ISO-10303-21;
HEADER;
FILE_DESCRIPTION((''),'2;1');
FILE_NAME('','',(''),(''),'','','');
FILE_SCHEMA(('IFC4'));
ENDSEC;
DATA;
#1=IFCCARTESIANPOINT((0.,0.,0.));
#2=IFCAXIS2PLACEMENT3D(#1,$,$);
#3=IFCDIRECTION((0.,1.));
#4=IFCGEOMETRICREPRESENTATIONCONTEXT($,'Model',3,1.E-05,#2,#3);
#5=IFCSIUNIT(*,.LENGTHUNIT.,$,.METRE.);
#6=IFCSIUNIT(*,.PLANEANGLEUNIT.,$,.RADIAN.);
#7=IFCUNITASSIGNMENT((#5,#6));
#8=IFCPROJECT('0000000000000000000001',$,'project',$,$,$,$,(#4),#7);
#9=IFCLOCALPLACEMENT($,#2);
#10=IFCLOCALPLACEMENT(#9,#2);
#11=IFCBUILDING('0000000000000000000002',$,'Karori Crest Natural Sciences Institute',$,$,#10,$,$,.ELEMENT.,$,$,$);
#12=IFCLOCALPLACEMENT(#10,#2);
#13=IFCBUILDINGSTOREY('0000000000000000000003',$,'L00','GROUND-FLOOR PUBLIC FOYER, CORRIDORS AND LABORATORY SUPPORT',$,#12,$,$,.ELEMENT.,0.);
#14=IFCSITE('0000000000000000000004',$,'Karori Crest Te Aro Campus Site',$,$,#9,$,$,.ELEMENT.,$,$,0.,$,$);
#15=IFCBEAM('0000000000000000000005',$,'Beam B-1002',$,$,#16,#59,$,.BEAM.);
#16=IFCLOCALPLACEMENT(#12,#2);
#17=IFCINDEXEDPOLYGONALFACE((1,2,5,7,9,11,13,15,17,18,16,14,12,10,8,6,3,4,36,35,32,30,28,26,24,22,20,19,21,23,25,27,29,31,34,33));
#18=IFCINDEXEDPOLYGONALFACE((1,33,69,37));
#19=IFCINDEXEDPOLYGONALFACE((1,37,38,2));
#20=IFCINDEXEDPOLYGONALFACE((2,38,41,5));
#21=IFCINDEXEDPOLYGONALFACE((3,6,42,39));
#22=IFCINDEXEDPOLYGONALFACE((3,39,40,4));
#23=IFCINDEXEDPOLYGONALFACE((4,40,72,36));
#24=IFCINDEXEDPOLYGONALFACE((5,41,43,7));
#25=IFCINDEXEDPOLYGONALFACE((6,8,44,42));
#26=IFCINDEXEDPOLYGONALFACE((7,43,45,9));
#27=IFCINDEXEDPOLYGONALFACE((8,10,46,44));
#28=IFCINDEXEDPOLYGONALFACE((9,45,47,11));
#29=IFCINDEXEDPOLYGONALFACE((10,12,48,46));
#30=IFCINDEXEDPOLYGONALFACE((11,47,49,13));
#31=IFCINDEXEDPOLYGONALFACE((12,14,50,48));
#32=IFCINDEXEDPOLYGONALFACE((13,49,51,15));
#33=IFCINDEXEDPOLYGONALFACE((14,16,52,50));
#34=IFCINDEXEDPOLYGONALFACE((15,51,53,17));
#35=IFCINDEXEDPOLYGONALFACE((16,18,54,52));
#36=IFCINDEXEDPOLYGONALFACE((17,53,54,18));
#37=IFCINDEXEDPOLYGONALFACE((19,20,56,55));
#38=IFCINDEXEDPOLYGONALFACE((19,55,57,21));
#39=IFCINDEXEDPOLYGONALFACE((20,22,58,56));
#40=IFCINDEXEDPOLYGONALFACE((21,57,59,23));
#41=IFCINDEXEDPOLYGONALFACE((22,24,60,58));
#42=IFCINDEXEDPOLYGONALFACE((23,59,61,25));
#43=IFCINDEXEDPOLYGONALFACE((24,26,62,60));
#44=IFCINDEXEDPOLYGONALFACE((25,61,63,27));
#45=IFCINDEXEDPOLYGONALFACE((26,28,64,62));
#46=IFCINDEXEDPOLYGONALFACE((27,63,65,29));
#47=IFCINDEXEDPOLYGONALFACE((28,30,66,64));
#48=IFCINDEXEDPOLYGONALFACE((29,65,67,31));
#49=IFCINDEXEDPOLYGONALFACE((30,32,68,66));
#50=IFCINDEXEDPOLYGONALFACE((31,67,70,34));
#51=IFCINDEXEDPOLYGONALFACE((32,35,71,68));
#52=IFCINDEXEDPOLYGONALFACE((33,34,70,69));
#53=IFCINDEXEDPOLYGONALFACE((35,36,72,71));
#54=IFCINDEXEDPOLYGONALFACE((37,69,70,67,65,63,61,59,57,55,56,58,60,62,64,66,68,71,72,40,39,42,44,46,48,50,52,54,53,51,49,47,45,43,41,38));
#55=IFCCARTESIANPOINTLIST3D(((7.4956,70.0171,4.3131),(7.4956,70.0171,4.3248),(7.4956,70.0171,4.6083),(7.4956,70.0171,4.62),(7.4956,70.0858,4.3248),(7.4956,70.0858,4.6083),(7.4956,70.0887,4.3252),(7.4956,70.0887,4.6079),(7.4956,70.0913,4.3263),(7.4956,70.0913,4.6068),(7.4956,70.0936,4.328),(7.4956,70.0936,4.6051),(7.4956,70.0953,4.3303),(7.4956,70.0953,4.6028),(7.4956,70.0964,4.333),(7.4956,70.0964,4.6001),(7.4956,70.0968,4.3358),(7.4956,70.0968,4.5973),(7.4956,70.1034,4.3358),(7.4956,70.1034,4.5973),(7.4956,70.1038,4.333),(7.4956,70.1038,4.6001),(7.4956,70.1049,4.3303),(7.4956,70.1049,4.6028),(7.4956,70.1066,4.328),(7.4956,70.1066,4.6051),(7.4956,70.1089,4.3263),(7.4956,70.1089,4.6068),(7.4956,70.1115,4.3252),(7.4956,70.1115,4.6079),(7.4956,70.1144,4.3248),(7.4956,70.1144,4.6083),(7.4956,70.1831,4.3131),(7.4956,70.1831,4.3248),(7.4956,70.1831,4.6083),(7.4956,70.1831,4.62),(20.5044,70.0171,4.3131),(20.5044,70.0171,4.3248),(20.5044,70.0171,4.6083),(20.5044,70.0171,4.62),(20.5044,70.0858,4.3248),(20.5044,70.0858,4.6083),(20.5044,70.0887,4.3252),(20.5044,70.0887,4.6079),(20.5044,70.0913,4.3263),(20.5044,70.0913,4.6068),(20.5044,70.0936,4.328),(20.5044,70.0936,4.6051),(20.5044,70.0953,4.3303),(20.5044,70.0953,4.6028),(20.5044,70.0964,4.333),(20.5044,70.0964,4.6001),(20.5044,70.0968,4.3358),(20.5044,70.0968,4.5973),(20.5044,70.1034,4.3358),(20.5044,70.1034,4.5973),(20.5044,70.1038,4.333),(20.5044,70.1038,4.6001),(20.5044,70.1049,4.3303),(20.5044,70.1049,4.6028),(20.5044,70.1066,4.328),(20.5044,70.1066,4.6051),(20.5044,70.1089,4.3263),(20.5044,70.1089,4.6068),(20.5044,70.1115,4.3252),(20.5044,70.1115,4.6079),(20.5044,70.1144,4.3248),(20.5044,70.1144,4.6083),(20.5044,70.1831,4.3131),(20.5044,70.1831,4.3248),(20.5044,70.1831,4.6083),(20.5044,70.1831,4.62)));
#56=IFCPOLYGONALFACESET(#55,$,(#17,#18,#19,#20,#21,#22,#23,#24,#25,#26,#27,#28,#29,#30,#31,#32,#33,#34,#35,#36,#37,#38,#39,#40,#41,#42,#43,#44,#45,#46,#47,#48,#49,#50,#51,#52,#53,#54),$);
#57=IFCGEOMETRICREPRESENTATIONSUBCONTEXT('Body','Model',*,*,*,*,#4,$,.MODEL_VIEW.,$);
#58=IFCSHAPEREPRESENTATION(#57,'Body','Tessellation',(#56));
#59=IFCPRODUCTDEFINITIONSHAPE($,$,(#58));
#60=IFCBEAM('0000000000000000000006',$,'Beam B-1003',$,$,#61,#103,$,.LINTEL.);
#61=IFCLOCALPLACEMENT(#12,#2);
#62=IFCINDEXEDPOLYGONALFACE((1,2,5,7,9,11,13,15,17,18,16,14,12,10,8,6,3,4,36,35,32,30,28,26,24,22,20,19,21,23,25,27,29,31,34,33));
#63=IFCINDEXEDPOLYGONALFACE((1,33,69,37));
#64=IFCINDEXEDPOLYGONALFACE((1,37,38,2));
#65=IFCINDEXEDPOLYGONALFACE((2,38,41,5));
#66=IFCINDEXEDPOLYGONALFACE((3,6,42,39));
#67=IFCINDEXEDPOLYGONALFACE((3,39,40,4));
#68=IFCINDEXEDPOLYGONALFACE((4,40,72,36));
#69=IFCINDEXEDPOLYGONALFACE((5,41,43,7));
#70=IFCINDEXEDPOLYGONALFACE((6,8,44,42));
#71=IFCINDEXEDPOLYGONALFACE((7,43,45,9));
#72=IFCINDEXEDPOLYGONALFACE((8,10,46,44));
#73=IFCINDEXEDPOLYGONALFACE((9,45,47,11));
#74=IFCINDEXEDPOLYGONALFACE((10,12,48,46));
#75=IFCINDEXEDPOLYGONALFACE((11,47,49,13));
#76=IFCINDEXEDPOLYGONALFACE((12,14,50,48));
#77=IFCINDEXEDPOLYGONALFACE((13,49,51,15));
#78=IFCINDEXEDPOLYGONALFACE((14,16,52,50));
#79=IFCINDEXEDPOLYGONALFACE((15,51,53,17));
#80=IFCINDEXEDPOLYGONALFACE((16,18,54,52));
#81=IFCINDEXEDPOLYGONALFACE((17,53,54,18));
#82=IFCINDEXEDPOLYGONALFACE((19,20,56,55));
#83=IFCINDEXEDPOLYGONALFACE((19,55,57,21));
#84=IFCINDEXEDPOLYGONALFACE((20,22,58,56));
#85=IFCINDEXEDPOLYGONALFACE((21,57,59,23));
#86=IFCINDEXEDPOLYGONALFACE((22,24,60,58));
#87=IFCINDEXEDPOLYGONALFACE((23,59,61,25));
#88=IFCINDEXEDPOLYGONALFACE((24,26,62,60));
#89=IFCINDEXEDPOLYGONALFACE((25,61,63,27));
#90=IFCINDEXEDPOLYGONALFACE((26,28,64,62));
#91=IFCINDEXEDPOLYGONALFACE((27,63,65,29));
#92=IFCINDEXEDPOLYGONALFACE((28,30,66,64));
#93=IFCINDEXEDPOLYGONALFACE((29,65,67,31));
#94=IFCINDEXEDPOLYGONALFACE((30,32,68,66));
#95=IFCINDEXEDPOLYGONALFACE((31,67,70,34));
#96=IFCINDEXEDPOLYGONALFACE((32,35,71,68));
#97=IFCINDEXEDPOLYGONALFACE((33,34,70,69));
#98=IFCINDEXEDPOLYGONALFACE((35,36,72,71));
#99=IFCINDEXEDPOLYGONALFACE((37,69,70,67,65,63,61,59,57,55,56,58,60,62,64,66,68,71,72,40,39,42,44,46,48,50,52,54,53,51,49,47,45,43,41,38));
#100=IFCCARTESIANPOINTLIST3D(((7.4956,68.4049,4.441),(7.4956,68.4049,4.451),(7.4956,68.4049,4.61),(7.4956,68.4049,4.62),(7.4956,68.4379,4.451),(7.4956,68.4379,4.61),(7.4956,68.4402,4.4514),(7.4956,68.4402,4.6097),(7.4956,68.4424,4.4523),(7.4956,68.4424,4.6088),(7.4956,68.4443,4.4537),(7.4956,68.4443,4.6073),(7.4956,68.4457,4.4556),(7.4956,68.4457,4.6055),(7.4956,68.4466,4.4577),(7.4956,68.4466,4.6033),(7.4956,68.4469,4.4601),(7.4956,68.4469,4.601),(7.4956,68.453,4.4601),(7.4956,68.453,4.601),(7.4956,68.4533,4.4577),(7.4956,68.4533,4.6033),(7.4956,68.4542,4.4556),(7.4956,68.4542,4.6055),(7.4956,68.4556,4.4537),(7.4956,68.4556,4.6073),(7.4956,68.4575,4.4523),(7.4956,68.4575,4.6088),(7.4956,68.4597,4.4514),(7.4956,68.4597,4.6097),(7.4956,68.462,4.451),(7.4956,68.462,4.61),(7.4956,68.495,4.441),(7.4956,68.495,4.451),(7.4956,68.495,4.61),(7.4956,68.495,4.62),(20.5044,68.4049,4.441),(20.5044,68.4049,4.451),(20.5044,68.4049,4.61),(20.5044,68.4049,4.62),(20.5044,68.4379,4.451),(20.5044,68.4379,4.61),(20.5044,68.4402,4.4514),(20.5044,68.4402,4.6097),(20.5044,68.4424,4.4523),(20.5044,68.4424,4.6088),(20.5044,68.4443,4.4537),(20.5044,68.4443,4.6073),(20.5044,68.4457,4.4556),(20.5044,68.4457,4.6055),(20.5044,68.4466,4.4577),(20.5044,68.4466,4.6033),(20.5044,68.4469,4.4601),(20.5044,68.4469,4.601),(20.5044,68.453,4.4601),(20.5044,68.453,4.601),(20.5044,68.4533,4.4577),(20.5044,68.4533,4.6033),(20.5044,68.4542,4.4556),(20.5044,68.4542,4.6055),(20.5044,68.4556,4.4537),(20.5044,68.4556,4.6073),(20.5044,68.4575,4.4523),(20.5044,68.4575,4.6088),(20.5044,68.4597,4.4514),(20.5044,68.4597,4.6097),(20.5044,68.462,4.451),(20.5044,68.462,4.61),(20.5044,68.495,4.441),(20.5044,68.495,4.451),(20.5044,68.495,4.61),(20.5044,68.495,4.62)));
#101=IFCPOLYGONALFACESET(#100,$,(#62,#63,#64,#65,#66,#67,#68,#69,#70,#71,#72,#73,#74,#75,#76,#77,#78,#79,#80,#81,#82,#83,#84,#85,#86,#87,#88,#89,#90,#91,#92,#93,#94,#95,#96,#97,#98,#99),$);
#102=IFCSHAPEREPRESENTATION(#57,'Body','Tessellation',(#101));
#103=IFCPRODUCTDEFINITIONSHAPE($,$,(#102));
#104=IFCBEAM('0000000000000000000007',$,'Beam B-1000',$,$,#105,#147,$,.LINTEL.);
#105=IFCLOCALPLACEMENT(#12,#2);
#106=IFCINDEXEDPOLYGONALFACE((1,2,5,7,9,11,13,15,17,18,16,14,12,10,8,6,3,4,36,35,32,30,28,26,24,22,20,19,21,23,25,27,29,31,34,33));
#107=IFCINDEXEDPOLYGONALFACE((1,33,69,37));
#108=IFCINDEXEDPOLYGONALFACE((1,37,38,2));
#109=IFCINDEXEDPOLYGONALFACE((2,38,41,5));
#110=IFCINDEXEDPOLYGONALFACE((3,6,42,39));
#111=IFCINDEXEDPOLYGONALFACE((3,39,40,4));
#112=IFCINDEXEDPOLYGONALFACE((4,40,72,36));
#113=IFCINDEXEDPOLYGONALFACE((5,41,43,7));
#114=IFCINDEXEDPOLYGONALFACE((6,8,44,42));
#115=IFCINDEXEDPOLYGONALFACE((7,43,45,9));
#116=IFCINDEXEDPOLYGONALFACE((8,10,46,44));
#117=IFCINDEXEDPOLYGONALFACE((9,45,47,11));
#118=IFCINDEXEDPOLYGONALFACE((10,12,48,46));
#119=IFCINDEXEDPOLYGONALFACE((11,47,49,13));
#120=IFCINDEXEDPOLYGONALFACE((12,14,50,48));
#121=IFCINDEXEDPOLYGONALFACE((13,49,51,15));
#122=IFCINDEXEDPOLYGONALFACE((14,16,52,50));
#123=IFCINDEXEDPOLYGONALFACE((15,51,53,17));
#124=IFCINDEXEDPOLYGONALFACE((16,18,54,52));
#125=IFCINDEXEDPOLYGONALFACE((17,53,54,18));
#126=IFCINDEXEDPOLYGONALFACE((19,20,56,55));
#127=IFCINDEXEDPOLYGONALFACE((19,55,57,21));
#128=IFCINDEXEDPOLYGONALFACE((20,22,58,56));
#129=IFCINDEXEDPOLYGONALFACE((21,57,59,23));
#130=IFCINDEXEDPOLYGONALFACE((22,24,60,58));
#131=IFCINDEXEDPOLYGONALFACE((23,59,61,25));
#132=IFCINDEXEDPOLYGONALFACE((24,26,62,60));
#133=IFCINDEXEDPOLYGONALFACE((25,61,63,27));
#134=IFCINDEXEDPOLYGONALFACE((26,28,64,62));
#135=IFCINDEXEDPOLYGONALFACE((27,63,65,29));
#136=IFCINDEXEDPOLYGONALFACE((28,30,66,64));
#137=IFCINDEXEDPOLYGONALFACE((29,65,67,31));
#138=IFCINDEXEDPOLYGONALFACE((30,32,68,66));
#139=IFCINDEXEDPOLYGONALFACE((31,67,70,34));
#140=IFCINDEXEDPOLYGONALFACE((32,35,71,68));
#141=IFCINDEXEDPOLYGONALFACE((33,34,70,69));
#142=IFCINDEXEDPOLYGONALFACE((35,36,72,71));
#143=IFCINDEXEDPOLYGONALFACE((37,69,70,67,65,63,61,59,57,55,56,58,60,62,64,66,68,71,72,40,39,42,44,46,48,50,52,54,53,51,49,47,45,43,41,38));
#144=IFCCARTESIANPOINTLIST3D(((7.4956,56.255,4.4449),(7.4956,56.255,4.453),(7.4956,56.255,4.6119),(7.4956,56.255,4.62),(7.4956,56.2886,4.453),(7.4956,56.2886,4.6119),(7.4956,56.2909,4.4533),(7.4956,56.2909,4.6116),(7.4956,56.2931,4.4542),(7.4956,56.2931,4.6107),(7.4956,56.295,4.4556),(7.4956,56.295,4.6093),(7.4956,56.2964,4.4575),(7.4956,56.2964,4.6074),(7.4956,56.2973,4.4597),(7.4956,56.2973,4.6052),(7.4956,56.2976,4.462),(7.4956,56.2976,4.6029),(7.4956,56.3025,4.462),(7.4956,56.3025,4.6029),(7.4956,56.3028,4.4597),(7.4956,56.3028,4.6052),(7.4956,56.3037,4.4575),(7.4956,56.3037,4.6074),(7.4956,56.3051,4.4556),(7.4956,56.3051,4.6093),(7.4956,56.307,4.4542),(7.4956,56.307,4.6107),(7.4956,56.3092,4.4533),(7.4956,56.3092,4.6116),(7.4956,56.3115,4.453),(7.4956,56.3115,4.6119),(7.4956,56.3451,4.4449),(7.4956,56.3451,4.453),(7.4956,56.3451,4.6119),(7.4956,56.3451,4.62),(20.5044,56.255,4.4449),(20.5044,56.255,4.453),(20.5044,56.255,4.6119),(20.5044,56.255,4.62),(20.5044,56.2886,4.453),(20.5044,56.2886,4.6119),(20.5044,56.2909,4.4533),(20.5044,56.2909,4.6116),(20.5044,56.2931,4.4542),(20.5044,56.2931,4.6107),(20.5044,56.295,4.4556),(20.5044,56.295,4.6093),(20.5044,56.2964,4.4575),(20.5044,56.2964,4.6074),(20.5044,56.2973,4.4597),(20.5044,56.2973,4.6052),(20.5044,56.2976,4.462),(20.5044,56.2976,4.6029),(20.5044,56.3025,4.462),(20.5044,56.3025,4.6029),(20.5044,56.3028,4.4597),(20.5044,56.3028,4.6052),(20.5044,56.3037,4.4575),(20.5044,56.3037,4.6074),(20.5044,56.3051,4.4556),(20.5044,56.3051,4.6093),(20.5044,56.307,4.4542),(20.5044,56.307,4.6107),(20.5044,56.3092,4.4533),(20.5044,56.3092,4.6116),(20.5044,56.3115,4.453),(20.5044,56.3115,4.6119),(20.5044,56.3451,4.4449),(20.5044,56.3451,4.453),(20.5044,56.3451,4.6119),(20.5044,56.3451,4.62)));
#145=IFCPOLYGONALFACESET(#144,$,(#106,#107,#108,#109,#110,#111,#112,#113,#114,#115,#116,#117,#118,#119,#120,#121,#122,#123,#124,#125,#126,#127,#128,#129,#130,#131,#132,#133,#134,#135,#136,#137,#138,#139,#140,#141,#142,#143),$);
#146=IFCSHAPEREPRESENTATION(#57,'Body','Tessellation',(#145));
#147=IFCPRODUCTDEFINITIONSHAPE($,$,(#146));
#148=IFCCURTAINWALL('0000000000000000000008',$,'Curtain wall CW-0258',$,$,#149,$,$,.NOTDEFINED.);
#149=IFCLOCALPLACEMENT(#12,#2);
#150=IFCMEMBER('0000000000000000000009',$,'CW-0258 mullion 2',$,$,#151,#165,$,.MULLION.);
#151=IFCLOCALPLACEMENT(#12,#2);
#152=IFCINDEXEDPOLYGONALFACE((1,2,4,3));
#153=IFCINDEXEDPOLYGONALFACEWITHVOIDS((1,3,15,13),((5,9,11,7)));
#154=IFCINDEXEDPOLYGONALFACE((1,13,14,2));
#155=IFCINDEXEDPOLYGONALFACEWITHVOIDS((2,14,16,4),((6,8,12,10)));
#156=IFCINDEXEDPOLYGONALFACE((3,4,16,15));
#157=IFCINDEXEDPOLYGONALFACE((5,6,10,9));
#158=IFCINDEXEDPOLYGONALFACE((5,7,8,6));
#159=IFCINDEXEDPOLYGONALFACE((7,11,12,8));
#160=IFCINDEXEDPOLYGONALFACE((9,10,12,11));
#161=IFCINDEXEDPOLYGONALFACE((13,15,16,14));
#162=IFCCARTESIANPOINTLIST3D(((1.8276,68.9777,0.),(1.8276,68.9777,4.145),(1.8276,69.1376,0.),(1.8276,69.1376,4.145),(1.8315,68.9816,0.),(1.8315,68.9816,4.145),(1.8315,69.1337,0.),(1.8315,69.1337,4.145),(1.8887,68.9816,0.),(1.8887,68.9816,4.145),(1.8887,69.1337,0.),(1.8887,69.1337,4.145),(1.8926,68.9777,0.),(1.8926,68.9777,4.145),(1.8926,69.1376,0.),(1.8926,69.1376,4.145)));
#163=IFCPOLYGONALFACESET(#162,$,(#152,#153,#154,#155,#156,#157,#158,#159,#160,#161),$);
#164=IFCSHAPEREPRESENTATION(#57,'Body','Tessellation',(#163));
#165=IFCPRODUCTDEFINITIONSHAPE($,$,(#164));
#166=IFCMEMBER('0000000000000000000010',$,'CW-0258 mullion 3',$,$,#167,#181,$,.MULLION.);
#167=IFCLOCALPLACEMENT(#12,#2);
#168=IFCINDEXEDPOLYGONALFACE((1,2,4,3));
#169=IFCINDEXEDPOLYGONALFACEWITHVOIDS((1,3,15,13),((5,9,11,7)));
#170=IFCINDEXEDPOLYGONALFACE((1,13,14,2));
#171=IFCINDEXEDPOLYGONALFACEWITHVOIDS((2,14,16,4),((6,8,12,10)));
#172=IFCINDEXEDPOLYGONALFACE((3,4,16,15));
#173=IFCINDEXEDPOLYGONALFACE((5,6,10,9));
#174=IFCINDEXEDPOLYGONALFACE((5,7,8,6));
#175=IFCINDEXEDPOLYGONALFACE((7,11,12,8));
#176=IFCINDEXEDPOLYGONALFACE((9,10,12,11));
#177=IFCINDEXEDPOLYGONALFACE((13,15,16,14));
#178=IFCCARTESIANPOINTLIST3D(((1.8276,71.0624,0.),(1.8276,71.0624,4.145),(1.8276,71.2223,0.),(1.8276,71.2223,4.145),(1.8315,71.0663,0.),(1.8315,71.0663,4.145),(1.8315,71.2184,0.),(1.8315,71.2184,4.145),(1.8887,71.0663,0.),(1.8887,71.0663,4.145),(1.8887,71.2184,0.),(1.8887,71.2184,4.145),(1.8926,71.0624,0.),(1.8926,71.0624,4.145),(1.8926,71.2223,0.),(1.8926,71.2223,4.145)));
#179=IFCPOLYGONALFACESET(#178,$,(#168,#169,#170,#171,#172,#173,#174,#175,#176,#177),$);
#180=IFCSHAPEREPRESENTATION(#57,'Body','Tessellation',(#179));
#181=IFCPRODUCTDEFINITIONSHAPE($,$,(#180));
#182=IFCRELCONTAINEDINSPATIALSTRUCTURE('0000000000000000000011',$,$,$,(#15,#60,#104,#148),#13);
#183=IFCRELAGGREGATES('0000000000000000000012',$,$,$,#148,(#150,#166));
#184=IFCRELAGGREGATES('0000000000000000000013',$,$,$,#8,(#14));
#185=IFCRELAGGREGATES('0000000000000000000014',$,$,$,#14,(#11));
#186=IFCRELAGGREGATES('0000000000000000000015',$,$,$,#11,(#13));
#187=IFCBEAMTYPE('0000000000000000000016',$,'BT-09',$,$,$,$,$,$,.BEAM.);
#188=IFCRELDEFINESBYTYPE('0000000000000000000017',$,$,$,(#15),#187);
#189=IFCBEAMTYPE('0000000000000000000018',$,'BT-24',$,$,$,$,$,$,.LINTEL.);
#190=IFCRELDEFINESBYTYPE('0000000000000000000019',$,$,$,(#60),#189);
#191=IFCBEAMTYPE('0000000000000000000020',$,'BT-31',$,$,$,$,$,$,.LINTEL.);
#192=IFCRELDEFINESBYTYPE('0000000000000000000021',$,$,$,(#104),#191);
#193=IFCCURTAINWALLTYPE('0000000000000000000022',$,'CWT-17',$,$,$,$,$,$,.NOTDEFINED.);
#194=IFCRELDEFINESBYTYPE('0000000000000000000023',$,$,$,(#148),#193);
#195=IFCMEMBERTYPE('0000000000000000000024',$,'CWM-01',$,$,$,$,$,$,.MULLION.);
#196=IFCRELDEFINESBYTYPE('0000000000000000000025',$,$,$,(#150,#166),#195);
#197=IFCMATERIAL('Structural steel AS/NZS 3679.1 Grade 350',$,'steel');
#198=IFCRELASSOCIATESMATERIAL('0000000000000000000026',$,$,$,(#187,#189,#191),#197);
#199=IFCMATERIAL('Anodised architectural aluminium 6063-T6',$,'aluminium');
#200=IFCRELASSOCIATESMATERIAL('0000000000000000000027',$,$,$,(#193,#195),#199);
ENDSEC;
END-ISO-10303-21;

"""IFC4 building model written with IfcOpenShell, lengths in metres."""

from ifc_helpers import new_model, si_unit, direction, frame, origin, origin_2d, place, context, subcontext, project, spatial, hollow_rectangle, i_section, extrude, material, material_profile, profile_set, type_object, element, aggregate, save


model = new_model("IFC4")

# Units and contexts
model_context = context("Model", 3, precision=1e-05, world=origin(), true_north=direction((0.0, 1.0)))
body_context = subcontext(model_context, "Body", "Model", "MODEL_VIEW")
ifc_project = project(units=[si_unit("LENGTHUNIT", "METRE"), si_unit("PLANEANGLEUNIT", "RADIAN")], contexts=[model_context])

# Site, building, storey
site_placement = place(None, origin())
site = spatial("IfcSite", under=ifc_project, at=site_placement, Name="Karori Crest Te Aro Campus Site", CompositionType="ELEMENT", RefElevation=0.0)
building_placement = place(site_placement, origin())
building = spatial("IfcBuilding", under=site, at=building_placement, Name="Karori Crest Natural Sciences Institute", CompositionType="ELEMENT")
storey_placement = place(building_placement, origin())
storey = spatial("IfcBuildingStorey", under=building, at=storey_placement, Name="L00", Description="GROUND-FLOOR PUBLIC FOYER, CORRIDORS AND LABORATORY SUPPORT", CompositionType="ELEMENT", Elevation=0.0)

# Shared definitions
ifc_material_1 = material(Name="Structural steel AS/NZS 3679.1 Grade 350", Category="steel")

# Beams
ifc_material_profile_1 = material_profile(ifc_material_1, i_section(OverallWidth=0.166, OverallDepth=0.3069, WebThickness=0.0066, FlangeThickness=0.0117, FilletRadius=0.011, at=origin_2d()), Name="310UB46.2")
ifc_profile_set_1 = profile_set([ifc_material_profile_1], Name="Structural steel AS/NZS 3679.1 Grade 350")
beam_type_1 = type_object("IfcBeamType", Name="BT-09", PredefinedType="BEAM", material=ifc_profile_set_1)
for number, where, z_axis, x_axis, name in (
    (1, (7.4956, 70.1001, 4.4666), (1.0, 0.0, 0.0), (0.0, 1.0, 0.0), "Beam B-1002"),
):
    element("IfcBeam", number, at=place(storey_placement, frame(where, z_axis=z_axis, x_axis=x_axis)), inside=storey, type_object=beam_type_1, Name=name, PredefinedType="BEAM", context=body_context, shape_type="SweptSolid", body=[
        extrude(i_section(OverallWidth=0.166, OverallDepth=0.3069, WebThickness=0.0066, FlangeThickness=0.0117, FilletRadius=0.011, at=origin_2d()), origin(), (0.0, 0.0, 1.0), 13.0088),
    ])
ifc_material_profile_2 = material_profile(ifc_material_1, i_section(OverallWidth=0.0901, OverallDepth=0.179, WebThickness=0.0061, FlangeThickness=0.01, FilletRadius=0.009, at=origin_2d()), Name="180UB22.2")
ifc_profile_set_2 = profile_set([ifc_material_profile_2], Name="Structural steel AS/NZS 3679.1 Grade 350")
beam_type_2 = type_object("IfcBeamType", Name="BT-24", PredefinedType="LINTEL", material=ifc_profile_set_2)
beam_1_placement = place(storey_placement, frame((7.4956, 68.45, 4.5305), z_axis=(1.0, 0.0, 0.0), x_axis=(0.0, 1.0, 0.0)))
element("IfcBeam", 2, at=beam_1_placement, inside=storey, type_object=beam_type_2, Name="Beam B-1003", PredefinedType="LINTEL", context=body_context, shape_type="SweptSolid", body=[
    extrude(i_section(OverallWidth=0.0901, OverallDepth=0.179, WebThickness=0.0061, FlangeThickness=0.01, FilletRadius=0.009, at=origin_2d()), origin(), (0.0, 0.0, 1.0), 13.0088),
])
ifc_material_profile_3 = material_profile(ifc_material_1, i_section(OverallWidth=0.0901, OverallDepth=0.175, WebThickness=0.0049, FlangeThickness=0.0081, FilletRadius=0.009, at=origin_2d()), Name="180UB18.1")
ifc_profile_set_3 = profile_set([ifc_material_profile_3], Name="Structural steel AS/NZS 3679.1 Grade 350")
beam_type_3 = type_object("IfcBeamType", Name="BT-31", PredefinedType="LINTEL", material=ifc_profile_set_3)
beam_2_placement = place(storey_placement, frame((7.4956, 56.3, 4.5325), z_axis=(1.0, 0.0, 0.0), x_axis=(0.0, 1.0, 0.0)))
element("IfcBeam", 3, at=beam_2_placement, inside=storey, type_object=beam_type_3, Name="Beam B-1000", PredefinedType="LINTEL", context=body_context, shape_type="SweptSolid", body=[
    extrude(i_section(OverallWidth=0.0901, OverallDepth=0.175, WebThickness=0.0049, FlangeThickness=0.0081, FilletRadius=0.009, at=origin_2d()), origin(), (0.0, 0.0, 1.0), 13.0088),
])

# Curtain wall, members
ifc_material_2 = material(Name="Anodised architectural aluminium 6063-T6", Category="aluminium")
curtain_wall_type = type_object("IfcCurtainWallType", Name="CWT-17", PredefinedType="NOTDEFINED", material=ifc_material_2)
curtain_wall_placement = place(storey_placement, origin())
curtain_wall = element("IfcCurtainWall", 4, at=curtain_wall_placement, inside=storey, type_object=curtain_wall_type, Name="Curtain wall CW-0258", PredefinedType="NOTDEFINED")
ifc_material_profile_4 = material_profile(ifc_material_2, hollow_rectangle(XDim=0.0649, YDim=0.1599, WallThickness=0.0039, at=origin_2d()), Name="CWM160x65x4")
ifc_profile_set_4 = profile_set([ifc_material_profile_4], Name="Anodised architectural aluminium 6063-T6")
member_type_1 = type_object("IfcMemberType", Name="CWM-01", PredefinedType="MULLION", material=ifc_profile_set_4)
member_1_placement = place(storey_placement, frame((1.8601, 69.0576, 0.0), z_axis=(0.0, 0.0, 1.0), x_axis=(-1.0, 0.0, 0.0)))
member_1 = element("IfcMember", 5, at=member_1_placement, type_object=member_type_1, Name="CW-0258 mullion 2", PredefinedType="MULLION", context=body_context, shape_type="SweptSolid", body=[
    extrude(hollow_rectangle(XDim=0.0649, YDim=0.1599, WallThickness=0.0039, at=origin_2d()), origin(), (0.0, 0.0, 1.0), 4.145),
])
member_2_placement = place(storey_placement, frame((1.8601, 71.1423, 0.0), z_axis=(0.0, 0.0, 1.0), x_axis=(-1.0, 0.0, 0.0)))
member_2 = element("IfcMember", 6, at=member_2_placement, type_object=member_type_1, Name="CW-0258 mullion 3", PredefinedType="MULLION", context=body_context, shape_type="SweptSolid", body=[
    extrude(hollow_rectangle(XDim=0.0649, YDim=0.1599, WallThickness=0.0039, at=origin_2d()), origin(), (0.0, 0.0, 1.0), 4.145),
])
aggregate(curtain_wall, [member_1, member_2])

save(model, "model.ifc")
